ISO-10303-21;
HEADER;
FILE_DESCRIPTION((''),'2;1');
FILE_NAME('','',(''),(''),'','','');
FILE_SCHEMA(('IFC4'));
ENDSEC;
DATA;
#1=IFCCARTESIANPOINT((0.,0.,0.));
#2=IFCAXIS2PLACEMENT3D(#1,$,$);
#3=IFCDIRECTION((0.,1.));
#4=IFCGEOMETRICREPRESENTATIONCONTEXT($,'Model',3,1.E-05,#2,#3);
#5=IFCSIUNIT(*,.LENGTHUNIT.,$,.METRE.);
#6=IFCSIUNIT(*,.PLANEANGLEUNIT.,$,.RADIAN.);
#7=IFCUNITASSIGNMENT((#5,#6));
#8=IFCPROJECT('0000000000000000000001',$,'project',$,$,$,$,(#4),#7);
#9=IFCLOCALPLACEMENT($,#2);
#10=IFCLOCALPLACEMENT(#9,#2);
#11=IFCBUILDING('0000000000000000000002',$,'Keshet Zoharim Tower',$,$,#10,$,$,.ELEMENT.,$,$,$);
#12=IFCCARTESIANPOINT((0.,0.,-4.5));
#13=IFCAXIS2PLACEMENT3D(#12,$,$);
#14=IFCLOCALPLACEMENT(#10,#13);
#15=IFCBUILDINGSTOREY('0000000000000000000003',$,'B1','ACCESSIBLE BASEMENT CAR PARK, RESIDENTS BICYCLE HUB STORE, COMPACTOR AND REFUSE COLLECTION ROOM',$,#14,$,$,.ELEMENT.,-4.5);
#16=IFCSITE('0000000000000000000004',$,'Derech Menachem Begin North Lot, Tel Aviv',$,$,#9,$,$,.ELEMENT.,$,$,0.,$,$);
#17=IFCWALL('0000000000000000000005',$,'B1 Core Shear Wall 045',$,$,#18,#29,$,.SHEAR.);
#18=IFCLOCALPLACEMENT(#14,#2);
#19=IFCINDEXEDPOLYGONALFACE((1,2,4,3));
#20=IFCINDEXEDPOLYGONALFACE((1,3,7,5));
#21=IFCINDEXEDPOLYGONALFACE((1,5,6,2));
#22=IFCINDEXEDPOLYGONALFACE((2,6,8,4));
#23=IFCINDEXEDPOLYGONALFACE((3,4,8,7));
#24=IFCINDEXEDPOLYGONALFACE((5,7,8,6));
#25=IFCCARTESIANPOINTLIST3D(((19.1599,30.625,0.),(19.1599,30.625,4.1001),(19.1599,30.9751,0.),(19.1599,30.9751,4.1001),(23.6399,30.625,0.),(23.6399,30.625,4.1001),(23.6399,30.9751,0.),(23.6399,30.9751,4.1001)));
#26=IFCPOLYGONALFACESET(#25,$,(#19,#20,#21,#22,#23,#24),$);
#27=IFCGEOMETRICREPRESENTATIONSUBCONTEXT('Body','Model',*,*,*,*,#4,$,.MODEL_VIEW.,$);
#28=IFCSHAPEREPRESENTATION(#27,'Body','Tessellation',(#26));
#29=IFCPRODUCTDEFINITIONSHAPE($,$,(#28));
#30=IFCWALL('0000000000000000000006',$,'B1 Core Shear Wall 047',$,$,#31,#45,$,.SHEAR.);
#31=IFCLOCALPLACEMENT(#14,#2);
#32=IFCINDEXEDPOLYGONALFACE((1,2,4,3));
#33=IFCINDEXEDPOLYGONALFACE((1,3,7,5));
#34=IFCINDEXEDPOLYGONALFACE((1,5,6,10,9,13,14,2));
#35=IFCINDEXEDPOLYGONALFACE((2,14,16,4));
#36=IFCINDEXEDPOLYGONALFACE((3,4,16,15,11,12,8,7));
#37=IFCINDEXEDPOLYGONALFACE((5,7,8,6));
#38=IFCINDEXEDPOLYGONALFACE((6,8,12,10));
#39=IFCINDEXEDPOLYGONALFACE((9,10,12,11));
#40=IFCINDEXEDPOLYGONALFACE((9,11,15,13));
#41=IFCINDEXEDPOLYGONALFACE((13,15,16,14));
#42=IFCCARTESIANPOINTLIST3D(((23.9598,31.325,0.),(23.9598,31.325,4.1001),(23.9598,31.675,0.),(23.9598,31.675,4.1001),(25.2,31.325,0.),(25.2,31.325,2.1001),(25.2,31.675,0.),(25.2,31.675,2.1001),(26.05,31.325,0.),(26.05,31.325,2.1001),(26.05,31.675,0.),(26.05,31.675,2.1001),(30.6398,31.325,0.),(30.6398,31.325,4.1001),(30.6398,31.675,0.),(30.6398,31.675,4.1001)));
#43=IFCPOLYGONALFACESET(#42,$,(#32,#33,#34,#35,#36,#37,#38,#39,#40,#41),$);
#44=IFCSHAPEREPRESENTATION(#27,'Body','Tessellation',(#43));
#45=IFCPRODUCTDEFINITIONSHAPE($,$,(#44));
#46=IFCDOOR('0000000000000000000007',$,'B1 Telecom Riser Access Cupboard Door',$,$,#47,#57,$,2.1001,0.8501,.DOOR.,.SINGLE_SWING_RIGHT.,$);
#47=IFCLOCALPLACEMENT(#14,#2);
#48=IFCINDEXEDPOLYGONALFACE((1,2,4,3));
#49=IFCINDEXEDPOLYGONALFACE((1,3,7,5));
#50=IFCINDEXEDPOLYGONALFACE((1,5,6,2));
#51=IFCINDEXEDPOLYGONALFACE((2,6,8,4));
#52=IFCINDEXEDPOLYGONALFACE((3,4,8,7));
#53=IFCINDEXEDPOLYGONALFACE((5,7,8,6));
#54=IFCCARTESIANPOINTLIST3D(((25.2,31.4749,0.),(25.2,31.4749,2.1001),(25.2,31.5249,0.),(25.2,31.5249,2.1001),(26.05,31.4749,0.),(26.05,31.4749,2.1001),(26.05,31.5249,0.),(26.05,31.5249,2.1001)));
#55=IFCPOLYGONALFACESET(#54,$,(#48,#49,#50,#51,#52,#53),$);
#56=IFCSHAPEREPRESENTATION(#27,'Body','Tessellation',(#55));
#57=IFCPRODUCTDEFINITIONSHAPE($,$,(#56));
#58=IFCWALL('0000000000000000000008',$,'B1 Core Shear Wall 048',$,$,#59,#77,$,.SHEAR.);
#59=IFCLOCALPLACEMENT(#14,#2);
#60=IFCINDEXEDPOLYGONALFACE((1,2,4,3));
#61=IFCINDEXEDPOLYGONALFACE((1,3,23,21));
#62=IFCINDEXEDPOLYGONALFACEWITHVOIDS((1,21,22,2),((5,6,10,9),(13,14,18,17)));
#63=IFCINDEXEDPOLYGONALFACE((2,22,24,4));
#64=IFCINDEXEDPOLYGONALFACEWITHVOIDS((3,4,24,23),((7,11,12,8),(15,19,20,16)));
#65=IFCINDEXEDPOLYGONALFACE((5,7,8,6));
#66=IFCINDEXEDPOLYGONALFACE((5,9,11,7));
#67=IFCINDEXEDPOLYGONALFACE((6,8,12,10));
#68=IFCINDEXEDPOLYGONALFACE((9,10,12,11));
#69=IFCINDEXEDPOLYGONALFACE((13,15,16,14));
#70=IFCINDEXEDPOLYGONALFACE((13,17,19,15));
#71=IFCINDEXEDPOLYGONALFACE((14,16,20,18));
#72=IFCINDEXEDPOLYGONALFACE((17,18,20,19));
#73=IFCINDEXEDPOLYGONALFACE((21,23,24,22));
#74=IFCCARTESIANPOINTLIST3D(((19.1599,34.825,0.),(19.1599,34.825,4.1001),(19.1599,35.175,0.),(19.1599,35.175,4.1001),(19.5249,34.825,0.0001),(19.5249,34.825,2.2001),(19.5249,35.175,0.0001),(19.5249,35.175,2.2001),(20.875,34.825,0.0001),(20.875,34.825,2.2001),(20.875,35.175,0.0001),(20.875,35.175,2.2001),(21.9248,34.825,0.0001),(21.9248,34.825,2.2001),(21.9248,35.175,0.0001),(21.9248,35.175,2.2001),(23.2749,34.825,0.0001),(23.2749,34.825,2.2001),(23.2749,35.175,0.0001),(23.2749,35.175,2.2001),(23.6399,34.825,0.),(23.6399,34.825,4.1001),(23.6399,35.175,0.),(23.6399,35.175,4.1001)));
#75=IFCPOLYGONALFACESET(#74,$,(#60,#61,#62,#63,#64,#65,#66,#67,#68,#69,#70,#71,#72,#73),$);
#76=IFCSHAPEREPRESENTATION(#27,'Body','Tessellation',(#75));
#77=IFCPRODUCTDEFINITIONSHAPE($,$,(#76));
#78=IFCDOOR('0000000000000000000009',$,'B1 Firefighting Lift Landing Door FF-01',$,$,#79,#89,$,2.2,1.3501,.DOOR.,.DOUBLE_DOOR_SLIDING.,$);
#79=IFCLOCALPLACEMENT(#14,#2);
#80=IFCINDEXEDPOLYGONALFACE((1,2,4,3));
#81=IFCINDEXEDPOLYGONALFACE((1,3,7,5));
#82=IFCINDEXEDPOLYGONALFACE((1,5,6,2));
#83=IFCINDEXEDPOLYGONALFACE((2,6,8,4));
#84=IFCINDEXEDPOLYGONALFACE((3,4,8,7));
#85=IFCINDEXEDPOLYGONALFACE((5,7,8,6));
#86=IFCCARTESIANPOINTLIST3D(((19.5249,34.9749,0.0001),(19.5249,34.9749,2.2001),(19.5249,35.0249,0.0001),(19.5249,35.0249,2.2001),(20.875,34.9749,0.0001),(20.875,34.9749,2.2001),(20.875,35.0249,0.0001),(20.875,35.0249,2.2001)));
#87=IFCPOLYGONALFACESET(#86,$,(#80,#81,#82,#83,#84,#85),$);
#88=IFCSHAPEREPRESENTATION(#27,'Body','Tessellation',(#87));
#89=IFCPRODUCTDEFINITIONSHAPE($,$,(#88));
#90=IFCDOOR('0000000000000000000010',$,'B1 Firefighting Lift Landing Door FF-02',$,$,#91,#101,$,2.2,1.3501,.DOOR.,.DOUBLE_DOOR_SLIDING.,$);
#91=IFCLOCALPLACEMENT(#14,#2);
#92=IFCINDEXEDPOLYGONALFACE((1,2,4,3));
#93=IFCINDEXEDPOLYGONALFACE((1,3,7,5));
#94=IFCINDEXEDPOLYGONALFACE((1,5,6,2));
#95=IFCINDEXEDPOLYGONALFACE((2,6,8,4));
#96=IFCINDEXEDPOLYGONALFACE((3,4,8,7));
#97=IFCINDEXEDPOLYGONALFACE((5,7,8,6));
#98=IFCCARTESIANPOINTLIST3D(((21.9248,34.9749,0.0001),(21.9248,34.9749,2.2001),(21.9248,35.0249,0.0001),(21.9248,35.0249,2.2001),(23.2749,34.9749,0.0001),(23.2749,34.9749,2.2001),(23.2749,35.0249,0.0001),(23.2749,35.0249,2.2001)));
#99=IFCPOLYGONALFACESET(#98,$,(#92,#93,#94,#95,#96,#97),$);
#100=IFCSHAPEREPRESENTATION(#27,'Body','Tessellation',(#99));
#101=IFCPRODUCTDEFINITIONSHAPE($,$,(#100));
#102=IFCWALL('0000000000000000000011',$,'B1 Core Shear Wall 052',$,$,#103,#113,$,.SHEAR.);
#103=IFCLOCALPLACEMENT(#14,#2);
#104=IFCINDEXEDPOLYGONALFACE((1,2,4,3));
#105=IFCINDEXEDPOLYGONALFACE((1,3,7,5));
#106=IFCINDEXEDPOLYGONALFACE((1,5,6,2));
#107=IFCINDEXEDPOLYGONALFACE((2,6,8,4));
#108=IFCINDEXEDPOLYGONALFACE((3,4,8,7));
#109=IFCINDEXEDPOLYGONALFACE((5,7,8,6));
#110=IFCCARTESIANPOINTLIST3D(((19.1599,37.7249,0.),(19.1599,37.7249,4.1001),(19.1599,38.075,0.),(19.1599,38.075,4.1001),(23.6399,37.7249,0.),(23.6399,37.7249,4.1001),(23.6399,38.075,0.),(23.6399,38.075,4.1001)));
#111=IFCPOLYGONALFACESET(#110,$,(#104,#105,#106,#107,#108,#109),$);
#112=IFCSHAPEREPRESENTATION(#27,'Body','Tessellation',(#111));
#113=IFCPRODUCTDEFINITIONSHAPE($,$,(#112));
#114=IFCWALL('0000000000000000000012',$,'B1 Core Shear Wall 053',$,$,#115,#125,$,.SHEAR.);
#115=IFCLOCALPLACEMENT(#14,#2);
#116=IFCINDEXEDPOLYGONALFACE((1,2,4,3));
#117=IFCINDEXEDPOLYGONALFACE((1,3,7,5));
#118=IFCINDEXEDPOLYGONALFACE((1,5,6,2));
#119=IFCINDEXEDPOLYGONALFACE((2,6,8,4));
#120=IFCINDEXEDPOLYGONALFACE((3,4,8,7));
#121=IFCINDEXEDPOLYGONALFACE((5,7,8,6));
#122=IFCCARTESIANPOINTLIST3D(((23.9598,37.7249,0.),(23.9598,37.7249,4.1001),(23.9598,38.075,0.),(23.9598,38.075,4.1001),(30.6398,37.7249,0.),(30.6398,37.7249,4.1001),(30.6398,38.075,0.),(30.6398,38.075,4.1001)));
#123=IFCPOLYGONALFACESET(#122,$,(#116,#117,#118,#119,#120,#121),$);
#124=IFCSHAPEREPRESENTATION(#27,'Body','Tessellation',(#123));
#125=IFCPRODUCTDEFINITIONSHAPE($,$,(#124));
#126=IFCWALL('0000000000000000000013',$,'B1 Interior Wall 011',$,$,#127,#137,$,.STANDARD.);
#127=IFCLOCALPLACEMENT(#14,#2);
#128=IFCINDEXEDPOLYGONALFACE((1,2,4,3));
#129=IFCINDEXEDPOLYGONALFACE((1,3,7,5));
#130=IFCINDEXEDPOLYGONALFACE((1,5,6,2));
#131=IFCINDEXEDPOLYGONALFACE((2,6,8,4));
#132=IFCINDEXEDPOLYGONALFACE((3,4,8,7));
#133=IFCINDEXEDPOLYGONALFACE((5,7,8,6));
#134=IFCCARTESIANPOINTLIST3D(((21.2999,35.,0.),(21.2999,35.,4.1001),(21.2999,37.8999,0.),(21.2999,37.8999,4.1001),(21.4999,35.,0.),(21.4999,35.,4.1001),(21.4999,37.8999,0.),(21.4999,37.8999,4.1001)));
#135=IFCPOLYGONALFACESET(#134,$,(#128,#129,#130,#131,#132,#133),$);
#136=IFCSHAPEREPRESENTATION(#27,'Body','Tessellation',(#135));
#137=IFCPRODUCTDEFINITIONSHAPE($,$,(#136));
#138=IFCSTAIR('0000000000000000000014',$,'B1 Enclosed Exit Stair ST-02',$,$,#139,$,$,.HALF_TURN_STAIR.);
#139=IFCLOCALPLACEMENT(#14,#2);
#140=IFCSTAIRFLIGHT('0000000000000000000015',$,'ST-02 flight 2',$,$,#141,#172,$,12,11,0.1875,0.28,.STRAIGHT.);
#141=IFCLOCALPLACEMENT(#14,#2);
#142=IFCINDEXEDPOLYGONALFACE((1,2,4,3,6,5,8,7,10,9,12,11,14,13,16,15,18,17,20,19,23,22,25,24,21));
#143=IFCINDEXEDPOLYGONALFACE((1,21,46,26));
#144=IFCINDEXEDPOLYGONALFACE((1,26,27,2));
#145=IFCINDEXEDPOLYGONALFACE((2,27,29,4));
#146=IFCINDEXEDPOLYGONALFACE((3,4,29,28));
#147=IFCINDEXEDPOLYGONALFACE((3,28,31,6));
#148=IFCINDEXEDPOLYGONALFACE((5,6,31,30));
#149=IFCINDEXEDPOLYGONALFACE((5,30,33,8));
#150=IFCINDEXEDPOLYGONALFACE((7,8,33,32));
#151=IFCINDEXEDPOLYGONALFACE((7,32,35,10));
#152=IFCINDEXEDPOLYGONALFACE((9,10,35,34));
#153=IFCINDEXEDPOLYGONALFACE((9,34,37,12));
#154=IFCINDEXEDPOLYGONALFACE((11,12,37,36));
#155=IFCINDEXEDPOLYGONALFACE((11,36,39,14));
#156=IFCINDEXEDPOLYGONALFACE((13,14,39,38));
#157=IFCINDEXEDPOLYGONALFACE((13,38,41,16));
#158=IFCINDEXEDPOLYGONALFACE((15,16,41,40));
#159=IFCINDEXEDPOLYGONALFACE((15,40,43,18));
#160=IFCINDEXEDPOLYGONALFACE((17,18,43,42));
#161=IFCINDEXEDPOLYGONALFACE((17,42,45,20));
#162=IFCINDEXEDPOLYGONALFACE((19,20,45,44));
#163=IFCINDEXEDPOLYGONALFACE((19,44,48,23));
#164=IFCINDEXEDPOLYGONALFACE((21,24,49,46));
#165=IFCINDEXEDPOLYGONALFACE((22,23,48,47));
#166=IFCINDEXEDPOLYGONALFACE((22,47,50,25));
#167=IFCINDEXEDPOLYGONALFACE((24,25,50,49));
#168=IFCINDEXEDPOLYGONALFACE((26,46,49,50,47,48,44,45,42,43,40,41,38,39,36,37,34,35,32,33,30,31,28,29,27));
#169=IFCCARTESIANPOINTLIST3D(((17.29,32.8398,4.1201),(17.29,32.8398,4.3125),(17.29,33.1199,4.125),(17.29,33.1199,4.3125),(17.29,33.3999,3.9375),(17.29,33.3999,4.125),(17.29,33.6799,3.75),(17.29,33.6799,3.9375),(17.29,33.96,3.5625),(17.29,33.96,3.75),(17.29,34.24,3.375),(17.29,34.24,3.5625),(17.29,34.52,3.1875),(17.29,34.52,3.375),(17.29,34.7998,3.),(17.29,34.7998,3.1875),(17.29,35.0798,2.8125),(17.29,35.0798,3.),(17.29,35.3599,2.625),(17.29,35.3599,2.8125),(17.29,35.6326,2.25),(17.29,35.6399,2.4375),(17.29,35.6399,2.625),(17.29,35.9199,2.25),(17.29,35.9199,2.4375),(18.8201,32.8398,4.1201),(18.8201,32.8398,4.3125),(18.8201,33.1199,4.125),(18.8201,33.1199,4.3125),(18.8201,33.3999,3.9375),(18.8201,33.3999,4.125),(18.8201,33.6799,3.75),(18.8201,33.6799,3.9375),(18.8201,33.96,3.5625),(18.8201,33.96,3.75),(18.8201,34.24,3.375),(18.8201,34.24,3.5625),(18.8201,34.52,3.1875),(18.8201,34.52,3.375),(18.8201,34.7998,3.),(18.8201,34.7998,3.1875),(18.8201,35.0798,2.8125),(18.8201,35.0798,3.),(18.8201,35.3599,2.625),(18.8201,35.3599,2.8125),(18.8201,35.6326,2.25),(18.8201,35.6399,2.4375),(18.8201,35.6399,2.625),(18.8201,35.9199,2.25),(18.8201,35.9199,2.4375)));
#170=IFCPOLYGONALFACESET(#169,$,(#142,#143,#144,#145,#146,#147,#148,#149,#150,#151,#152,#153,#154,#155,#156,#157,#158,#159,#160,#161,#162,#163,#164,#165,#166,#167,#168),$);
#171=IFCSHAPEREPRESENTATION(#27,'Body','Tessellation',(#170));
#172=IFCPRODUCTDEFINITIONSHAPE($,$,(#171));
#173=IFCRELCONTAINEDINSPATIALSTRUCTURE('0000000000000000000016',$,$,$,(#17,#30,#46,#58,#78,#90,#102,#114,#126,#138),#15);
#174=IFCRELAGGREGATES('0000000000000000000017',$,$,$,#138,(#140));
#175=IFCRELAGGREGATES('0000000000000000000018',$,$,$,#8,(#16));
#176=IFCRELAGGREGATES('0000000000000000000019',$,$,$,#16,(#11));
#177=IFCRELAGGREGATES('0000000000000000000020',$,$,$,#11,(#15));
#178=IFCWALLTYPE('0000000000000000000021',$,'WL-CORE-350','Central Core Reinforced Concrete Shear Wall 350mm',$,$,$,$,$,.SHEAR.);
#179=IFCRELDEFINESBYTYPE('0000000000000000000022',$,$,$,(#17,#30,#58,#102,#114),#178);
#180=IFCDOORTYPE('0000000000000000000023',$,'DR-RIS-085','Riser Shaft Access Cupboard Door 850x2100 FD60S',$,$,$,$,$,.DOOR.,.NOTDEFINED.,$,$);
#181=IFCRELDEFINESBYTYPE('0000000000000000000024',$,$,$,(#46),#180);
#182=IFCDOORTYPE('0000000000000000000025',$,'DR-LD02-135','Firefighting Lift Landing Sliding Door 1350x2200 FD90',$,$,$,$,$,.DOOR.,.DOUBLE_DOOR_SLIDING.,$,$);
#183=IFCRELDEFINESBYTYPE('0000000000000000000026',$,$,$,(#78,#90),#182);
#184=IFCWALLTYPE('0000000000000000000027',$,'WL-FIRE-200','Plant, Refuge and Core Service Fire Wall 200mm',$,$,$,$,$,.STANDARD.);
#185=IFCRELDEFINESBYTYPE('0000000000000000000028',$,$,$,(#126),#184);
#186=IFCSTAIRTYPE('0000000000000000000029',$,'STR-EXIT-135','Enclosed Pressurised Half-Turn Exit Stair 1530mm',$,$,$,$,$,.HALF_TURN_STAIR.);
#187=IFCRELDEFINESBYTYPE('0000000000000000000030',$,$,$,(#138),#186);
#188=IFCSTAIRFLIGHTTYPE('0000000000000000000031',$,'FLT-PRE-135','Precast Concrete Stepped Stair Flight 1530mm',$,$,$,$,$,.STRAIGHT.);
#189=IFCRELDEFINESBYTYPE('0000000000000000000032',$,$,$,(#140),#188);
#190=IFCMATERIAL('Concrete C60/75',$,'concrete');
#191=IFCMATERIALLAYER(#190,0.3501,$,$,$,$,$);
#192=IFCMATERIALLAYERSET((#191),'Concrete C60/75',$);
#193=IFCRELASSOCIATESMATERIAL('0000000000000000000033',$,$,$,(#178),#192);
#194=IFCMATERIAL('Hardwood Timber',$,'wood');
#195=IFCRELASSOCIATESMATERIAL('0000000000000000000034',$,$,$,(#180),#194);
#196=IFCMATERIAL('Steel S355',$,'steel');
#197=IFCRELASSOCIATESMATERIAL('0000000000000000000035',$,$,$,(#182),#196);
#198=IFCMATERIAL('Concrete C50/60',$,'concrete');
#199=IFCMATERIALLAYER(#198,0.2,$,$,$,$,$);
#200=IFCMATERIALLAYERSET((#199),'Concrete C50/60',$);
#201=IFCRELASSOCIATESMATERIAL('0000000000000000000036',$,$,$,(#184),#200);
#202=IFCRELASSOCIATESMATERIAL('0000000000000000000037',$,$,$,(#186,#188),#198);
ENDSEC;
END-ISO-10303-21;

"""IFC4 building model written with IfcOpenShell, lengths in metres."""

from ifc_helpers import new_model, si_unit, direction, frame, frame_2d, origin, place, context, subcontext, project, spatial, polyline, rectangle, outline, extrude, material, layer, layer_set, type_object, element, fill, aggregate, save


model = new_model("IFC4")

# Units and contexts
model_context = context("Model", 3, precision=1e-05, world=origin(), true_north=direction((0.0, 1.0)))
body_context = subcontext(model_context, "Body", "Model", "MODEL_VIEW")
ifc_project = project(units=[si_unit("LENGTHUNIT", "METRE"), si_unit("PLANEANGLEUNIT", "RADIAN")], contexts=[model_context])

# Site, building, storey
site_placement = place(None, origin())
site = spatial("IfcSite", under=ifc_project, at=site_placement, Name="Derech Menachem Begin North Lot, Tel Aviv", CompositionType="ELEMENT", RefElevation=0.0)
building_placement = place(site_placement, origin())
building = spatial("IfcBuilding", under=site, at=building_placement, Name="Keshet Zoharim Tower", CompositionType="ELEMENT")
storey_placement = place(building_placement, frame((0.0, 0.0, -4.5)))
storey = spatial("IfcBuildingStorey", under=building, at=storey_placement, Name="B1", Description="ACCESSIBLE BASEMENT CAR PARK, RESIDENTS BICYCLE HUB STORE, COMPACTOR AND REFUSE COLLECTION ROOM", CompositionType="ELEMENT", Elevation=-4.5)

# Shared definitions
ifc_material_1 = material(Name="Concrete C60/75", Category="concrete")

# Shared definitions
ifc_material_2 = material(Name="Steel S355", Category="steel")

# Shared definitions
ifc_layer_1 = layer(ifc_material_1, 0.3501)
ifc_layer_set_1 = layer_set([ifc_layer_1], Name="Concrete C60/75")
wall_type_1 = type_object("IfcWallType", Name="WL-CORE-350", Description="Central Core Reinforced Concrete Shear Wall 350mm", PredefinedType="SHEAR", material=ifc_layer_set_1)

# Shared definitions
ifc_material_3 = material(Name="Hardwood Timber", Category="wood")

# Wall
wall_1_placement = place(storey_placement, frame((19.1599, 30.8, 0.0), z_axis=(0.0, 0.0, 1.0), x_axis=(1.0, 0.0, 0.0)))
element("IfcWall", 1, at=wall_1_placement, inside=storey, type_object=wall_type_1, Name="B1 Core Shear Wall 045", PredefinedType="SHEAR", context=body_context, shape_type="SweptSolid", body=[
    extrude(rectangle(XDim=4.48, YDim=0.3501, at=frame_2d((2.24, 0.0))), origin(), (0.0, 0.0, 1.0), 4.1001),
])

# Wall, opening, door
wall_2_placement = place(storey_placement, frame((23.96, 31.5, 0.0), z_axis=(0.0, 0.0, 1.0), x_axis=(1.0, 0.0, 0.0)))
wall_2 = element("IfcWall", 2, at=wall_2_placement, inside=storey, type_object=wall_type_1, Name="B1 Core Shear Wall 047", PredefinedType="SHEAR", context=body_context, shape_type="SweptSolid", body=[
    extrude(rectangle(XDim=6.6799, YDim=0.3501, at=frame_2d((3.3398, 0.0))), origin(), (0.0, 0.0, 1.0), 4.1001),
])
opening_1_placement = place(wall_2_placement, frame((1.24, 0.0, 0.0)))
opening_1 = element("IfcOpeningElement", 3, at=opening_1_placement, cuts=wall_2, PredefinedType="OPENING", context=body_context, shape_type="SweptSolid", body=[
    extrude(rectangle(XDim=0.8501, YDim=2.1001, at=frame_2d((0.425, 1.05))), frame((0.0, 0.1851, 0.0), z_axis=(0.0, -1.0, 0.0), x_axis=(1.0, 0.0, 0.0)), (0.0, 0.0, 1.0), 0.3701),
])
door_type_1 = type_object("IfcDoorType", Name="DR-RIS-085", Description="Riser Shaft Access Cupboard Door 850x2100 FD60S", OperationType="NOTDEFINED", PredefinedType="DOOR", material=ifc_material_3)
door_1_placement = place(opening_1_placement, origin())
door_1 = element("IfcDoor", 4, at=door_1_placement, inside=storey, type_object=door_type_1, Name="B1 Telecom Riser Access Cupboard Door", OperationType="SINGLE_SWING_RIGHT", OverallHeight=2.1001, OverallWidth=0.8501, PredefinedType="DOOR", context=body_context, shape_type="SweptSolid", body=[
    extrude(rectangle(XDim=0.8501, YDim=2.1001, at=frame_2d((0.425, 1.05))), frame((0.0, 0.0249, 0.0), z_axis=(0.0, -1.0, 0.0), x_axis=(1.0, 0.0, 0.0)), (0.0, 0.0, 1.0), 0.05),
])
fill(opening_1, door_1)

# Wall, openings, doors
wall_3_placement = place(storey_placement, frame((19.1599, 35.0, 0.0), z_axis=(0.0, 0.0, 1.0), x_axis=(1.0, 0.0, 0.0)))
wall_3 = element("IfcWall", 5, at=wall_3_placement, inside=storey, type_object=wall_type_1, Name="B1 Core Shear Wall 048", PredefinedType="SHEAR", context=body_context, shape_type="SweptSolid", body=[
    extrude(rectangle(XDim=4.48, YDim=0.3501, at=frame_2d((2.24, 0.0))), origin(), (0.0, 0.0, 1.0), 4.1001),
])
opening_2_placement = place(wall_3_placement, frame((0.365, 0.0, 0.0)))
opening_2 = element("IfcOpeningElement", 6, at=opening_2_placement, cuts=wall_3, PredefinedType="OPENING", context=body_context, shape_type="SweptSolid", body=[
    extrude(rectangle(XDim=1.3501, YDim=2.2, at=frame_2d((0.675, 1.1001))), frame((0.0, 0.1851, 0.0), z_axis=(0.0, -1.0, 0.0), x_axis=(1.0, 0.0, 0.0)), (0.0, 0.0, 1.0), 0.3701),
])
opening_3_placement = place(wall_3_placement, frame((2.7649, 0.0, 0.0)))
opening_3 = element("IfcOpeningElement", 7, at=opening_3_placement, cuts=wall_3, PredefinedType="OPENING", context=body_context, shape_type="SweptSolid", body=[
    extrude(rectangle(XDim=1.3501, YDim=2.2, at=frame_2d((0.675, 1.1001))), frame((0.0, 0.1851, 0.0), z_axis=(0.0, -1.0, 0.0), x_axis=(1.0, 0.0, 0.0)), (0.0, 0.0, 1.0), 0.3701),
])
door_type_2 = type_object("IfcDoorType", Name="DR-LD02-135", Description="Firefighting Lift Landing Sliding Door 1350x2200 FD90", OperationType="DOUBLE_DOOR_SLIDING", PredefinedType="DOOR", material=ifc_material_2)
door_2_placement = place(opening_2_placement, origin())
door_2 = element("IfcDoor", 8, at=door_2_placement, inside=storey, type_object=door_type_2, Name="B1 Firefighting Lift Landing Door FF-01", OperationType="DOUBLE_DOOR_SLIDING", OverallHeight=2.2, OverallWidth=1.3501, PredefinedType="DOOR", context=body_context, shape_type="SweptSolid", body=[
    extrude(rectangle(XDim=1.3501, YDim=2.2, at=frame_2d((0.675, 1.1001))), frame((0.0, 0.0249, 0.0), z_axis=(0.0, -1.0, 0.0), x_axis=(1.0, 0.0, 0.0)), (0.0, 0.0, 1.0), 0.05),
])
fill(opening_2, door_2)
door_3_placement = place(opening_3_placement, origin())
door_3 = element("IfcDoor", 9, at=door_3_placement, inside=storey, type_object=door_type_2, Name="B1 Firefighting Lift Landing Door FF-02", OperationType="DOUBLE_DOOR_SLIDING", OverallHeight=2.2, OverallWidth=1.3501, PredefinedType="DOOR", context=body_context, shape_type="SweptSolid", body=[
    extrude(rectangle(XDim=1.3501, YDim=2.2, at=frame_2d((0.675, 1.1001))), frame((0.0, 0.0249, 0.0), z_axis=(0.0, -1.0, 0.0), x_axis=(1.0, 0.0, 0.0)), (0.0, 0.0, 1.0), 0.05),
])
fill(opening_3, door_3)

# Walls
wall_4_placement = place(storey_placement, frame((19.1599, 37.8999, 0.0), z_axis=(0.0, 0.0, 1.0), x_axis=(1.0, 0.0, 0.0)))
element("IfcWall", 10, at=wall_4_placement, inside=storey, type_object=wall_type_1, Name="B1 Core Shear Wall 052", PredefinedType="SHEAR", context=body_context, shape_type="SweptSolid", body=[
    extrude(rectangle(XDim=4.48, YDim=0.3501, at=frame_2d((2.24, 0.0))), origin(), (0.0, 0.0, 1.0), 4.1001),
])
wall_5_placement = place(storey_placement, frame((23.96, 37.8999, 0.0), z_axis=(0.0, 0.0, 1.0), x_axis=(1.0, 0.0, 0.0)))
element("IfcWall", 11, at=wall_5_placement, inside=storey, type_object=wall_type_1, Name="B1 Core Shear Wall 053", PredefinedType="SHEAR", context=body_context, shape_type="SweptSolid", body=[
    extrude(rectangle(XDim=6.6799, YDim=0.3501, at=frame_2d((3.3398, 0.0))), origin(), (0.0, 0.0, 1.0), 4.1001),
])
ifc_material_4 = material(Name="Concrete C50/60", Category="concrete")
ifc_layer_2 = layer(ifc_material_4, 0.2)
ifc_layer_set_2 = layer_set([ifc_layer_2], Name="Concrete C50/60")
wall_type_2 = type_object("IfcWallType", Name="WL-FIRE-200", Description="Plant, Refuge and Core Service Fire Wall 200mm", PredefinedType="STANDARD", material=ifc_layer_set_2)
wall_6_placement = place(storey_placement, frame((21.3999, 35.0, 0.0), z_axis=(0.0, 0.0, 1.0), x_axis=(0.0, 1.0, 0.0)))
element("IfcWall", 12, at=wall_6_placement, inside=storey, type_object=wall_type_2, Name="B1 Interior Wall 011", PredefinedType="STANDARD", context=body_context, shape_type="SweptSolid", body=[
    extrude(rectangle(XDim=2.8999, YDim=0.2, at=frame_2d((1.45, 0.0))), origin(), (0.0, 0.0, 1.0), 4.1001),
])

# Stair, stair flight
stair_type = type_object("IfcStairType", Name="STR-EXIT-135", Description="Enclosed Pressurised Half-Turn Exit Stair 1530mm", PredefinedType="HALF_TURN_STAIR", material=ifc_material_4)
stair_1_placement = place(storey_placement, origin())
stair_1 = element("IfcStair", 13, at=stair_1_placement, inside=storey, type_object=stair_type, Name="B1 Enclosed Exit Stair ST-02", PredefinedType="HALF_TURN_STAIR")
stair_flight_type_1 = type_object("IfcStairFlightType", Name="FLT-PRE-135", Description="Precast Concrete Stepped Stair Flight 1530mm", PredefinedType="STRAIGHT", material=ifc_material_4)
stair_flight_1_placement = place(storey_placement, frame((18.0549, 35.9199, 2.25), z_axis=(0.0, 0.0, 1.0), x_axis=(0.0, -1.0, 0.0)))
stair_flight_1 = element("IfcStairFlight", 14, at=stair_flight_1_placement, type_object=stair_flight_type_1, Name="ST-02 flight 2", NumberOfRisers=12, NumberOfTreads=11, PredefinedType="STRAIGHT", RiserHeight=0.1875, TreadLength=0.28, context=body_context, shape_type="SweptSolid", body=[
    extrude(outline(polyline([(0.0, 0.0), (0.0, 0.1875), (0.28, 0.1875), (0.28, 0.375), (0.5601, 0.375), (0.5601, 0.5625), (0.8401, 0.5625), (0.8401, 0.75), (1.1201, 0.75), (1.1201, 0.9375), (1.3999, 0.9375), (1.3999, 1.125), (1.6799, 1.125), (1.6799, 1.3125), (1.96, 1.3125), (1.96, 1.5), (2.24, 1.5), (2.24, 1.6875), (2.52, 1.6875), (2.52, 1.875), (2.8, 1.875), (2.8, 2.0625), (3.0801, 2.0625), (3.0801, 2.25), (3.0801, 1.8701), (0.2874, 0.0), (0.0, 0.0)])), frame((0.0, 0.7651, 0.0), z_axis=(0.0, -1.0, 0.0), x_axis=(1.0, 0.0, 0.0)), (0.0, 0.0, 1.0), 1.53),
])
aggregate(stair_1, [stair_flight_1])

save(model, "model.ifc")
